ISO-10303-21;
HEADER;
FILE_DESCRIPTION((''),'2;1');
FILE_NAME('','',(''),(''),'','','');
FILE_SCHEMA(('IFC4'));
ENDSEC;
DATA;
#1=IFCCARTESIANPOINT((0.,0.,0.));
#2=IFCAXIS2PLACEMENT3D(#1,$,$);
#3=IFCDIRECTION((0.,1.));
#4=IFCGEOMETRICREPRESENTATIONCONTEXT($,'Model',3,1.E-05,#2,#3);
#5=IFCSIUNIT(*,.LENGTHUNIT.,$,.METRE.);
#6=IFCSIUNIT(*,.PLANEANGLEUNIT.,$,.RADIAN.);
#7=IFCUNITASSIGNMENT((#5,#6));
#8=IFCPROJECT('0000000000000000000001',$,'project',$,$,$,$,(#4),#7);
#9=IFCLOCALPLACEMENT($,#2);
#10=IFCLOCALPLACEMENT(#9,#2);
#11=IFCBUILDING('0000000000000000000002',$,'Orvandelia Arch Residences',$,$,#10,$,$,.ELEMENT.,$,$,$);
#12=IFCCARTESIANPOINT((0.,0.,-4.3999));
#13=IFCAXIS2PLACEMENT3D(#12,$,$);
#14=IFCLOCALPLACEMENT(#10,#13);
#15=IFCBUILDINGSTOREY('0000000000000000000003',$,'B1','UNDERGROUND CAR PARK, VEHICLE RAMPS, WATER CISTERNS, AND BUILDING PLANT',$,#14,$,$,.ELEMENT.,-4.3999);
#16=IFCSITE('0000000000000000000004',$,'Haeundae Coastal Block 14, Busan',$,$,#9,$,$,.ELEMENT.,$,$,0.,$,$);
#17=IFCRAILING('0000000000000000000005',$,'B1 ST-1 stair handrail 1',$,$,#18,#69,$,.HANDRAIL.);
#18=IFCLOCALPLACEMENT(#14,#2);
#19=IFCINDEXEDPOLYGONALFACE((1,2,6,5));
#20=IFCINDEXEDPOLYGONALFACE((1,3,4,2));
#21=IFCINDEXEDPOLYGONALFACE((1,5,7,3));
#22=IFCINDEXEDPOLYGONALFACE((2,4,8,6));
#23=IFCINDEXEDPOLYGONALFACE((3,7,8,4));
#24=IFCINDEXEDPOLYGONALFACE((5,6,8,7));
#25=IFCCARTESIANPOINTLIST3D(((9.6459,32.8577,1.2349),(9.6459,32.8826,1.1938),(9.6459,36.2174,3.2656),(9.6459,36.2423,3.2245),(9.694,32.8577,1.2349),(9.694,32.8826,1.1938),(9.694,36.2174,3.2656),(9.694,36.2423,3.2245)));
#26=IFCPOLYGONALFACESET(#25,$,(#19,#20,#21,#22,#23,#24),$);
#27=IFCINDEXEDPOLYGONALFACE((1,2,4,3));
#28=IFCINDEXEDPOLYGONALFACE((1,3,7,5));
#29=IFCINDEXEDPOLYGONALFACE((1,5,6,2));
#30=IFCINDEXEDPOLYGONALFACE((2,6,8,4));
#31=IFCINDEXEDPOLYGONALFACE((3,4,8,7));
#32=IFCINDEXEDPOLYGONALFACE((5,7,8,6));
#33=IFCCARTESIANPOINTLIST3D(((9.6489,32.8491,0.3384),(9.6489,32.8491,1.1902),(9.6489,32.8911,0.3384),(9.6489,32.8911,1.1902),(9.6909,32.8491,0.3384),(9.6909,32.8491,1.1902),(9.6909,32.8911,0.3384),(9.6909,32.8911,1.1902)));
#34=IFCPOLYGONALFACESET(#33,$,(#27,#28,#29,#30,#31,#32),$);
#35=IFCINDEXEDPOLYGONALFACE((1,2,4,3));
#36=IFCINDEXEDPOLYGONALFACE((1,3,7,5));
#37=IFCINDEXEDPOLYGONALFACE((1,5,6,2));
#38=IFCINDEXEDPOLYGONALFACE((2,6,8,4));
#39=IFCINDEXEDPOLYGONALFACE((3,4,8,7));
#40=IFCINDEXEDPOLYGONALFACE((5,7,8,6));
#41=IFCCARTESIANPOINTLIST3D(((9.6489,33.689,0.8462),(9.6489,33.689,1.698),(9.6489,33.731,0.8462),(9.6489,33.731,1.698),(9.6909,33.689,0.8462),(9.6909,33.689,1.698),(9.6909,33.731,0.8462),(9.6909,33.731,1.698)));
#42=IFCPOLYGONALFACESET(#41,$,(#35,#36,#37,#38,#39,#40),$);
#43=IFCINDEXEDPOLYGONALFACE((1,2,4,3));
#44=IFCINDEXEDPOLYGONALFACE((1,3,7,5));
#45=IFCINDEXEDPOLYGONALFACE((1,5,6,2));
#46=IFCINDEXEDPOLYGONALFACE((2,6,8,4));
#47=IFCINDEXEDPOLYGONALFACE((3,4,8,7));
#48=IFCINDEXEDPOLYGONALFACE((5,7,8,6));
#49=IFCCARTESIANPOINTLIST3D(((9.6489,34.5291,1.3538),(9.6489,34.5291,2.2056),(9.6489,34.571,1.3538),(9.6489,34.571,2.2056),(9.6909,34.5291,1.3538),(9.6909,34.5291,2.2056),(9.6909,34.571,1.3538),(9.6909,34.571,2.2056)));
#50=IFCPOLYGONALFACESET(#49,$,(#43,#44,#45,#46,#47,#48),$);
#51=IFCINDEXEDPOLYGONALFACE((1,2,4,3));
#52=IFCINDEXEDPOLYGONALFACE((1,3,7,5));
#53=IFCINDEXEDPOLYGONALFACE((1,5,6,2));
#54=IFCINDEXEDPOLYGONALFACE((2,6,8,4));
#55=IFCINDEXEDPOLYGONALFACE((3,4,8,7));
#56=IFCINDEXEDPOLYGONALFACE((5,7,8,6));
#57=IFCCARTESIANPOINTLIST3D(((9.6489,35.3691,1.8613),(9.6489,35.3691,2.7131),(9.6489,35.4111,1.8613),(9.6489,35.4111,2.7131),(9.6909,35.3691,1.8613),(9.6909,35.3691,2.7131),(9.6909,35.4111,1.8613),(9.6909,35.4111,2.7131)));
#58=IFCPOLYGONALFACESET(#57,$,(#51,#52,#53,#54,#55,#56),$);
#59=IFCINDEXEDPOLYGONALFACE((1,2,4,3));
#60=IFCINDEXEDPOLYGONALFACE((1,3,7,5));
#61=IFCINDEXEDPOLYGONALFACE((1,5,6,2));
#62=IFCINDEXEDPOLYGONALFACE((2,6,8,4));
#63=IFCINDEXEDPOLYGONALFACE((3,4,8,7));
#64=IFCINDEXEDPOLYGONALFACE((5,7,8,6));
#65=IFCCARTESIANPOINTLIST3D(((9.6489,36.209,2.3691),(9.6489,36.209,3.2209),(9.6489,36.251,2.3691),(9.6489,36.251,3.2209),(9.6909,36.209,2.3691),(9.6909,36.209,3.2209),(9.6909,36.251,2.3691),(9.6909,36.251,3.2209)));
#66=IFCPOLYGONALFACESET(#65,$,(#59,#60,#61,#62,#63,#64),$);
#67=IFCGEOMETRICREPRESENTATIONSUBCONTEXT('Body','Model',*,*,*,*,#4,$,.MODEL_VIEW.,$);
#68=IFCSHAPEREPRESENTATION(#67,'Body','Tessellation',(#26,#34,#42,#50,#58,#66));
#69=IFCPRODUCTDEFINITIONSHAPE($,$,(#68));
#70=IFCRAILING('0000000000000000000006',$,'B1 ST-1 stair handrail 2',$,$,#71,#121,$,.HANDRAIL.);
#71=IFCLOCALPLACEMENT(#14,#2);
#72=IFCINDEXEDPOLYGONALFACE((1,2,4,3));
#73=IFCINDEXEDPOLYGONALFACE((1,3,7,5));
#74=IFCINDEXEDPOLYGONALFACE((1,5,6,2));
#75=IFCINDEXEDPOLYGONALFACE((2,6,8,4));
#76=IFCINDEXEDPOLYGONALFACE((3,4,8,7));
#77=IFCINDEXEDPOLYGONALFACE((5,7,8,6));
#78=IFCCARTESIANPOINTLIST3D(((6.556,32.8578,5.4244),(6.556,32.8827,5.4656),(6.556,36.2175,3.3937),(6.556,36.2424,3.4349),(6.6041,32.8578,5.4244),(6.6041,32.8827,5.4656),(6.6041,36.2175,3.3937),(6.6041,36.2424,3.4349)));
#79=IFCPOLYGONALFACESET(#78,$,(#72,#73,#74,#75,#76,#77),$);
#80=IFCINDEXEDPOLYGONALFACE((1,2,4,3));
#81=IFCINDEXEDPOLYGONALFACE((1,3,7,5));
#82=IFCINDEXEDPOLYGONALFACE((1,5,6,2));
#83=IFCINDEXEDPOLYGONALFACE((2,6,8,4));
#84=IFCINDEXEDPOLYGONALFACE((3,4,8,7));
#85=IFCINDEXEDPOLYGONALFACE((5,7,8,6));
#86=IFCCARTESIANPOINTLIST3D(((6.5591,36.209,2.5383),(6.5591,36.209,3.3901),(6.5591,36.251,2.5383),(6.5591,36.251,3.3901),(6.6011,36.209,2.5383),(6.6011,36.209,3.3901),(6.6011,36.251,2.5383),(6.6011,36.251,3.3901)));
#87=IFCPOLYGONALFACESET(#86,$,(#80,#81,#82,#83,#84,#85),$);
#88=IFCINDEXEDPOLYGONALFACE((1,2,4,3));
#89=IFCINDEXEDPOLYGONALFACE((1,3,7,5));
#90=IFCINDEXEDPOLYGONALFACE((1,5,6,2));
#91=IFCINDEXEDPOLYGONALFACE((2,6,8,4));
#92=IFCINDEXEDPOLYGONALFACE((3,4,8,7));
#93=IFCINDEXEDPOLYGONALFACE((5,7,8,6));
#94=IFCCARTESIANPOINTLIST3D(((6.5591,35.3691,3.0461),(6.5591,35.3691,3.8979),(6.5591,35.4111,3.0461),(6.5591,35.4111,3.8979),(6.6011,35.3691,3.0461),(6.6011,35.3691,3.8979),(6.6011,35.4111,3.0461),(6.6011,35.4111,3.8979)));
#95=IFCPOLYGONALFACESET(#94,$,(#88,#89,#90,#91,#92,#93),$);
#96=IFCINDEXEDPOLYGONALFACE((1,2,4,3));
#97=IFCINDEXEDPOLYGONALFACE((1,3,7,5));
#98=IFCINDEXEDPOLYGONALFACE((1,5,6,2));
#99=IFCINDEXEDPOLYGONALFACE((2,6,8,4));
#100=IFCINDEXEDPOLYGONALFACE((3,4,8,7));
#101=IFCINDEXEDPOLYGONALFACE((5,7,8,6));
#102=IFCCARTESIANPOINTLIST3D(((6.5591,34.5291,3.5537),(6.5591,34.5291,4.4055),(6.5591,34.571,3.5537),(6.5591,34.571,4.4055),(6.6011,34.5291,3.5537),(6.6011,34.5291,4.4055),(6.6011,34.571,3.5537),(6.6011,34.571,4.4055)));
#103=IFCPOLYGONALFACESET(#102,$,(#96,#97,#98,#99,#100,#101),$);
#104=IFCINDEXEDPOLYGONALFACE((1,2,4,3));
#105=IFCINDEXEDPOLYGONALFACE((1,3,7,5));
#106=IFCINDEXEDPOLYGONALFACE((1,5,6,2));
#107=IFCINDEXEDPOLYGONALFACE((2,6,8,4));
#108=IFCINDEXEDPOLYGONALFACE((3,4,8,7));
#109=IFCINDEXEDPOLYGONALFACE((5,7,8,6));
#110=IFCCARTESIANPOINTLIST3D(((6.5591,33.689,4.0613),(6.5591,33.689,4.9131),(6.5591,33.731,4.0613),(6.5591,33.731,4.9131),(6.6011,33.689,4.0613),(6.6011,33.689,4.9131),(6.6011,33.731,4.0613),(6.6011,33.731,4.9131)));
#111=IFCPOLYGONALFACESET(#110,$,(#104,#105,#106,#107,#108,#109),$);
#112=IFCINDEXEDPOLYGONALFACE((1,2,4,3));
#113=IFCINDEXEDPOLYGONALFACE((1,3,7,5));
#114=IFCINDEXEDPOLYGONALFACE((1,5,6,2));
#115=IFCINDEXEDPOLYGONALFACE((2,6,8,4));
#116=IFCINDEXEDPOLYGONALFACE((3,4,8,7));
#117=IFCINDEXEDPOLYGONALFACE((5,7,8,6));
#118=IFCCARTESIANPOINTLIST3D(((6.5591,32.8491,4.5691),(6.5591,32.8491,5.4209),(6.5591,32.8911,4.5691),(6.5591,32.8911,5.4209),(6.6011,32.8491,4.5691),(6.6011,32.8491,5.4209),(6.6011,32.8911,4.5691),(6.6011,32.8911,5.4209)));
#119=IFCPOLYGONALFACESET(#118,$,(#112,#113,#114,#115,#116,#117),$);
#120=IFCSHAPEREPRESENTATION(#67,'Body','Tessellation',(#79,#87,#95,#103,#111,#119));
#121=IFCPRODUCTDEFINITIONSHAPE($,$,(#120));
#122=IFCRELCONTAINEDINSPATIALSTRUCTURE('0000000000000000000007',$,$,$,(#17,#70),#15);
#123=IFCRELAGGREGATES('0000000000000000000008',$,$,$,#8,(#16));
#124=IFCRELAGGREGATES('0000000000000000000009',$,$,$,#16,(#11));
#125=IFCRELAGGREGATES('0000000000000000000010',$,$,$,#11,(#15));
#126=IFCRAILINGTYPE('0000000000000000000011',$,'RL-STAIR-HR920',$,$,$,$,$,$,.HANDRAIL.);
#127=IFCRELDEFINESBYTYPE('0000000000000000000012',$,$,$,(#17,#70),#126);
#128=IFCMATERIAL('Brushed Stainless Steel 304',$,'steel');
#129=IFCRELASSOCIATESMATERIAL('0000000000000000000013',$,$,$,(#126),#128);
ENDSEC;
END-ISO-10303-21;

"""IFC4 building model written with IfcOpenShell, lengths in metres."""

from ifc_helpers import new_model, si_unit, direction, frame, origin, origin_2d, place, context, subcontext, project, spatial, rectangle, extrude, material, type_object, element, save


model = new_model("IFC4")

# Units and contexts
model_context = context("Model", 3, precision=1e-05, world=origin(), true_north=direction((0.0, 1.0)))
body_context = subcontext(model_context, "Body", "Model", "MODEL_VIEW")
ifc_project = project(units=[si_unit("LENGTHUNIT", "METRE"), si_unit("PLANEANGLEUNIT", "RADIAN")], contexts=[model_context])

# Site, building, storey
site_placement = place(None, origin())
site = spatial("IfcSite", under=ifc_project, at=site_placement, Name="Haeundae Coastal Block 14, Busan", CompositionType="ELEMENT", RefElevation=0.0)
building_placement = place(site_placement, origin())
building = spatial("IfcBuilding", under=site, at=building_placement, Name="Orvandelia Arch Residences", CompositionType="ELEMENT")
storey_placement = place(building_placement, frame((0.0, 0.0, -4.3999)))
storey = spatial("IfcBuildingStorey", under=building, at=storey_placement, Name="B1", Description="UNDERGROUND CAR PARK, VEHICLE RAMPS, WATER CISTERNS, AND BUILDING PLANT", CompositionType="ELEMENT", Elevation=-4.3999)

# Railings
ifc_material_1 = material(Name="Brushed Stainless Steel 304", Category="steel")
railing_type_1 = type_object("IfcRailingType", Name="RL-STAIR-HR920", PredefinedType="HANDRAIL", material=ifc_material_1)
railing_1_placement = place(storey_placement, frame((9.6699, 32.8701, 0.3384)))
element("IfcRailing", 1, at=railing_1_placement, inside=storey, type_object=railing_type_1, Name="B1 ST-1 stair handrail 1", PredefinedType="HANDRAIL", context=body_context, shape_type="SweptSolid", body=[
    extrude(rectangle(XDim=0.0481, YDim=0.0481, at=origin_2d()), frame((0.0, 0.0, 0.876), z_axis=(0.0, 0.85582, 0.517273), x_axis=(-1.0, 0.0, 0.0)), (0.0, 0.0, 1.0), 3.9258),
    extrude(rectangle(XDim=0.042, YDim=0.042, at=origin_2d()), origin(), (0.0, 0.0, 1.0), 0.8518),
    extrude(rectangle(XDim=0.042, YDim=0.042, at=origin_2d()), frame((0.0, 0.8398, 0.5078)), (0.0, 0.0, 1.0), 0.8518),
    extrude(rectangle(XDim=0.042, YDim=0.042, at=origin_2d()), frame((0.0, 1.6799, 1.0154)), (0.0, 0.0, 1.0), 0.8518),
    extrude(rectangle(XDim=0.042, YDim=0.042, at=origin_2d()), frame((0.0, 2.52, 1.5229)), (0.0, 0.0, 1.0), 0.8518),
    extrude(rectangle(XDim=0.042, YDim=0.042, at=origin_2d()), frame((0.0, 3.3599, 2.0308)), (0.0, 0.0, 1.0), 0.8518),
])
railing_2_placement = place(storey_placement, frame((6.5801, 36.23, 2.5383)))
element("IfcRailing", 2, at=railing_2_placement, inside=storey, type_object=railing_type_1, Name="B1 ST-1 stair handrail 2", PredefinedType="HANDRAIL", context=body_context, shape_type="SweptSolid", body=[
    extrude(rectangle(XDim=0.0481, YDim=0.0481, at=origin_2d()), frame((0.0, 0.0, 0.876), z_axis=(0.0, -0.85582, 0.517273), x_axis=(1.0, 0.0, 0.0)), (0.0, 0.0, 1.0), 3.9258),
    extrude(rectangle(XDim=0.042, YDim=0.042, at=origin_2d()), origin(), (0.0, 0.0, 1.0), 0.8518),
    extrude(rectangle(XDim=0.042, YDim=0.042, at=origin_2d()), frame((0.0, -0.8398, 0.5078)), (0.0, 0.0, 1.0), 0.8518),
    extrude(rectangle(XDim=0.042, YDim=0.042, at=origin_2d()), frame((0.0, -1.6799, 1.0154)), (0.0, 0.0, 1.0), 0.8518),
    extrude(rectangle(XDim=0.042, YDim=0.042, at=origin_2d()), frame((0.0, -2.52, 1.5229)), (0.0, 0.0, 1.0), 0.8518),
    extrude(rectangle(XDim=0.042, YDim=0.042, at=origin_2d()), frame((0.0, -3.3599, 2.0308)), (0.0, 0.0, 1.0), 0.8518),
])

save(model, "model.ifc")
